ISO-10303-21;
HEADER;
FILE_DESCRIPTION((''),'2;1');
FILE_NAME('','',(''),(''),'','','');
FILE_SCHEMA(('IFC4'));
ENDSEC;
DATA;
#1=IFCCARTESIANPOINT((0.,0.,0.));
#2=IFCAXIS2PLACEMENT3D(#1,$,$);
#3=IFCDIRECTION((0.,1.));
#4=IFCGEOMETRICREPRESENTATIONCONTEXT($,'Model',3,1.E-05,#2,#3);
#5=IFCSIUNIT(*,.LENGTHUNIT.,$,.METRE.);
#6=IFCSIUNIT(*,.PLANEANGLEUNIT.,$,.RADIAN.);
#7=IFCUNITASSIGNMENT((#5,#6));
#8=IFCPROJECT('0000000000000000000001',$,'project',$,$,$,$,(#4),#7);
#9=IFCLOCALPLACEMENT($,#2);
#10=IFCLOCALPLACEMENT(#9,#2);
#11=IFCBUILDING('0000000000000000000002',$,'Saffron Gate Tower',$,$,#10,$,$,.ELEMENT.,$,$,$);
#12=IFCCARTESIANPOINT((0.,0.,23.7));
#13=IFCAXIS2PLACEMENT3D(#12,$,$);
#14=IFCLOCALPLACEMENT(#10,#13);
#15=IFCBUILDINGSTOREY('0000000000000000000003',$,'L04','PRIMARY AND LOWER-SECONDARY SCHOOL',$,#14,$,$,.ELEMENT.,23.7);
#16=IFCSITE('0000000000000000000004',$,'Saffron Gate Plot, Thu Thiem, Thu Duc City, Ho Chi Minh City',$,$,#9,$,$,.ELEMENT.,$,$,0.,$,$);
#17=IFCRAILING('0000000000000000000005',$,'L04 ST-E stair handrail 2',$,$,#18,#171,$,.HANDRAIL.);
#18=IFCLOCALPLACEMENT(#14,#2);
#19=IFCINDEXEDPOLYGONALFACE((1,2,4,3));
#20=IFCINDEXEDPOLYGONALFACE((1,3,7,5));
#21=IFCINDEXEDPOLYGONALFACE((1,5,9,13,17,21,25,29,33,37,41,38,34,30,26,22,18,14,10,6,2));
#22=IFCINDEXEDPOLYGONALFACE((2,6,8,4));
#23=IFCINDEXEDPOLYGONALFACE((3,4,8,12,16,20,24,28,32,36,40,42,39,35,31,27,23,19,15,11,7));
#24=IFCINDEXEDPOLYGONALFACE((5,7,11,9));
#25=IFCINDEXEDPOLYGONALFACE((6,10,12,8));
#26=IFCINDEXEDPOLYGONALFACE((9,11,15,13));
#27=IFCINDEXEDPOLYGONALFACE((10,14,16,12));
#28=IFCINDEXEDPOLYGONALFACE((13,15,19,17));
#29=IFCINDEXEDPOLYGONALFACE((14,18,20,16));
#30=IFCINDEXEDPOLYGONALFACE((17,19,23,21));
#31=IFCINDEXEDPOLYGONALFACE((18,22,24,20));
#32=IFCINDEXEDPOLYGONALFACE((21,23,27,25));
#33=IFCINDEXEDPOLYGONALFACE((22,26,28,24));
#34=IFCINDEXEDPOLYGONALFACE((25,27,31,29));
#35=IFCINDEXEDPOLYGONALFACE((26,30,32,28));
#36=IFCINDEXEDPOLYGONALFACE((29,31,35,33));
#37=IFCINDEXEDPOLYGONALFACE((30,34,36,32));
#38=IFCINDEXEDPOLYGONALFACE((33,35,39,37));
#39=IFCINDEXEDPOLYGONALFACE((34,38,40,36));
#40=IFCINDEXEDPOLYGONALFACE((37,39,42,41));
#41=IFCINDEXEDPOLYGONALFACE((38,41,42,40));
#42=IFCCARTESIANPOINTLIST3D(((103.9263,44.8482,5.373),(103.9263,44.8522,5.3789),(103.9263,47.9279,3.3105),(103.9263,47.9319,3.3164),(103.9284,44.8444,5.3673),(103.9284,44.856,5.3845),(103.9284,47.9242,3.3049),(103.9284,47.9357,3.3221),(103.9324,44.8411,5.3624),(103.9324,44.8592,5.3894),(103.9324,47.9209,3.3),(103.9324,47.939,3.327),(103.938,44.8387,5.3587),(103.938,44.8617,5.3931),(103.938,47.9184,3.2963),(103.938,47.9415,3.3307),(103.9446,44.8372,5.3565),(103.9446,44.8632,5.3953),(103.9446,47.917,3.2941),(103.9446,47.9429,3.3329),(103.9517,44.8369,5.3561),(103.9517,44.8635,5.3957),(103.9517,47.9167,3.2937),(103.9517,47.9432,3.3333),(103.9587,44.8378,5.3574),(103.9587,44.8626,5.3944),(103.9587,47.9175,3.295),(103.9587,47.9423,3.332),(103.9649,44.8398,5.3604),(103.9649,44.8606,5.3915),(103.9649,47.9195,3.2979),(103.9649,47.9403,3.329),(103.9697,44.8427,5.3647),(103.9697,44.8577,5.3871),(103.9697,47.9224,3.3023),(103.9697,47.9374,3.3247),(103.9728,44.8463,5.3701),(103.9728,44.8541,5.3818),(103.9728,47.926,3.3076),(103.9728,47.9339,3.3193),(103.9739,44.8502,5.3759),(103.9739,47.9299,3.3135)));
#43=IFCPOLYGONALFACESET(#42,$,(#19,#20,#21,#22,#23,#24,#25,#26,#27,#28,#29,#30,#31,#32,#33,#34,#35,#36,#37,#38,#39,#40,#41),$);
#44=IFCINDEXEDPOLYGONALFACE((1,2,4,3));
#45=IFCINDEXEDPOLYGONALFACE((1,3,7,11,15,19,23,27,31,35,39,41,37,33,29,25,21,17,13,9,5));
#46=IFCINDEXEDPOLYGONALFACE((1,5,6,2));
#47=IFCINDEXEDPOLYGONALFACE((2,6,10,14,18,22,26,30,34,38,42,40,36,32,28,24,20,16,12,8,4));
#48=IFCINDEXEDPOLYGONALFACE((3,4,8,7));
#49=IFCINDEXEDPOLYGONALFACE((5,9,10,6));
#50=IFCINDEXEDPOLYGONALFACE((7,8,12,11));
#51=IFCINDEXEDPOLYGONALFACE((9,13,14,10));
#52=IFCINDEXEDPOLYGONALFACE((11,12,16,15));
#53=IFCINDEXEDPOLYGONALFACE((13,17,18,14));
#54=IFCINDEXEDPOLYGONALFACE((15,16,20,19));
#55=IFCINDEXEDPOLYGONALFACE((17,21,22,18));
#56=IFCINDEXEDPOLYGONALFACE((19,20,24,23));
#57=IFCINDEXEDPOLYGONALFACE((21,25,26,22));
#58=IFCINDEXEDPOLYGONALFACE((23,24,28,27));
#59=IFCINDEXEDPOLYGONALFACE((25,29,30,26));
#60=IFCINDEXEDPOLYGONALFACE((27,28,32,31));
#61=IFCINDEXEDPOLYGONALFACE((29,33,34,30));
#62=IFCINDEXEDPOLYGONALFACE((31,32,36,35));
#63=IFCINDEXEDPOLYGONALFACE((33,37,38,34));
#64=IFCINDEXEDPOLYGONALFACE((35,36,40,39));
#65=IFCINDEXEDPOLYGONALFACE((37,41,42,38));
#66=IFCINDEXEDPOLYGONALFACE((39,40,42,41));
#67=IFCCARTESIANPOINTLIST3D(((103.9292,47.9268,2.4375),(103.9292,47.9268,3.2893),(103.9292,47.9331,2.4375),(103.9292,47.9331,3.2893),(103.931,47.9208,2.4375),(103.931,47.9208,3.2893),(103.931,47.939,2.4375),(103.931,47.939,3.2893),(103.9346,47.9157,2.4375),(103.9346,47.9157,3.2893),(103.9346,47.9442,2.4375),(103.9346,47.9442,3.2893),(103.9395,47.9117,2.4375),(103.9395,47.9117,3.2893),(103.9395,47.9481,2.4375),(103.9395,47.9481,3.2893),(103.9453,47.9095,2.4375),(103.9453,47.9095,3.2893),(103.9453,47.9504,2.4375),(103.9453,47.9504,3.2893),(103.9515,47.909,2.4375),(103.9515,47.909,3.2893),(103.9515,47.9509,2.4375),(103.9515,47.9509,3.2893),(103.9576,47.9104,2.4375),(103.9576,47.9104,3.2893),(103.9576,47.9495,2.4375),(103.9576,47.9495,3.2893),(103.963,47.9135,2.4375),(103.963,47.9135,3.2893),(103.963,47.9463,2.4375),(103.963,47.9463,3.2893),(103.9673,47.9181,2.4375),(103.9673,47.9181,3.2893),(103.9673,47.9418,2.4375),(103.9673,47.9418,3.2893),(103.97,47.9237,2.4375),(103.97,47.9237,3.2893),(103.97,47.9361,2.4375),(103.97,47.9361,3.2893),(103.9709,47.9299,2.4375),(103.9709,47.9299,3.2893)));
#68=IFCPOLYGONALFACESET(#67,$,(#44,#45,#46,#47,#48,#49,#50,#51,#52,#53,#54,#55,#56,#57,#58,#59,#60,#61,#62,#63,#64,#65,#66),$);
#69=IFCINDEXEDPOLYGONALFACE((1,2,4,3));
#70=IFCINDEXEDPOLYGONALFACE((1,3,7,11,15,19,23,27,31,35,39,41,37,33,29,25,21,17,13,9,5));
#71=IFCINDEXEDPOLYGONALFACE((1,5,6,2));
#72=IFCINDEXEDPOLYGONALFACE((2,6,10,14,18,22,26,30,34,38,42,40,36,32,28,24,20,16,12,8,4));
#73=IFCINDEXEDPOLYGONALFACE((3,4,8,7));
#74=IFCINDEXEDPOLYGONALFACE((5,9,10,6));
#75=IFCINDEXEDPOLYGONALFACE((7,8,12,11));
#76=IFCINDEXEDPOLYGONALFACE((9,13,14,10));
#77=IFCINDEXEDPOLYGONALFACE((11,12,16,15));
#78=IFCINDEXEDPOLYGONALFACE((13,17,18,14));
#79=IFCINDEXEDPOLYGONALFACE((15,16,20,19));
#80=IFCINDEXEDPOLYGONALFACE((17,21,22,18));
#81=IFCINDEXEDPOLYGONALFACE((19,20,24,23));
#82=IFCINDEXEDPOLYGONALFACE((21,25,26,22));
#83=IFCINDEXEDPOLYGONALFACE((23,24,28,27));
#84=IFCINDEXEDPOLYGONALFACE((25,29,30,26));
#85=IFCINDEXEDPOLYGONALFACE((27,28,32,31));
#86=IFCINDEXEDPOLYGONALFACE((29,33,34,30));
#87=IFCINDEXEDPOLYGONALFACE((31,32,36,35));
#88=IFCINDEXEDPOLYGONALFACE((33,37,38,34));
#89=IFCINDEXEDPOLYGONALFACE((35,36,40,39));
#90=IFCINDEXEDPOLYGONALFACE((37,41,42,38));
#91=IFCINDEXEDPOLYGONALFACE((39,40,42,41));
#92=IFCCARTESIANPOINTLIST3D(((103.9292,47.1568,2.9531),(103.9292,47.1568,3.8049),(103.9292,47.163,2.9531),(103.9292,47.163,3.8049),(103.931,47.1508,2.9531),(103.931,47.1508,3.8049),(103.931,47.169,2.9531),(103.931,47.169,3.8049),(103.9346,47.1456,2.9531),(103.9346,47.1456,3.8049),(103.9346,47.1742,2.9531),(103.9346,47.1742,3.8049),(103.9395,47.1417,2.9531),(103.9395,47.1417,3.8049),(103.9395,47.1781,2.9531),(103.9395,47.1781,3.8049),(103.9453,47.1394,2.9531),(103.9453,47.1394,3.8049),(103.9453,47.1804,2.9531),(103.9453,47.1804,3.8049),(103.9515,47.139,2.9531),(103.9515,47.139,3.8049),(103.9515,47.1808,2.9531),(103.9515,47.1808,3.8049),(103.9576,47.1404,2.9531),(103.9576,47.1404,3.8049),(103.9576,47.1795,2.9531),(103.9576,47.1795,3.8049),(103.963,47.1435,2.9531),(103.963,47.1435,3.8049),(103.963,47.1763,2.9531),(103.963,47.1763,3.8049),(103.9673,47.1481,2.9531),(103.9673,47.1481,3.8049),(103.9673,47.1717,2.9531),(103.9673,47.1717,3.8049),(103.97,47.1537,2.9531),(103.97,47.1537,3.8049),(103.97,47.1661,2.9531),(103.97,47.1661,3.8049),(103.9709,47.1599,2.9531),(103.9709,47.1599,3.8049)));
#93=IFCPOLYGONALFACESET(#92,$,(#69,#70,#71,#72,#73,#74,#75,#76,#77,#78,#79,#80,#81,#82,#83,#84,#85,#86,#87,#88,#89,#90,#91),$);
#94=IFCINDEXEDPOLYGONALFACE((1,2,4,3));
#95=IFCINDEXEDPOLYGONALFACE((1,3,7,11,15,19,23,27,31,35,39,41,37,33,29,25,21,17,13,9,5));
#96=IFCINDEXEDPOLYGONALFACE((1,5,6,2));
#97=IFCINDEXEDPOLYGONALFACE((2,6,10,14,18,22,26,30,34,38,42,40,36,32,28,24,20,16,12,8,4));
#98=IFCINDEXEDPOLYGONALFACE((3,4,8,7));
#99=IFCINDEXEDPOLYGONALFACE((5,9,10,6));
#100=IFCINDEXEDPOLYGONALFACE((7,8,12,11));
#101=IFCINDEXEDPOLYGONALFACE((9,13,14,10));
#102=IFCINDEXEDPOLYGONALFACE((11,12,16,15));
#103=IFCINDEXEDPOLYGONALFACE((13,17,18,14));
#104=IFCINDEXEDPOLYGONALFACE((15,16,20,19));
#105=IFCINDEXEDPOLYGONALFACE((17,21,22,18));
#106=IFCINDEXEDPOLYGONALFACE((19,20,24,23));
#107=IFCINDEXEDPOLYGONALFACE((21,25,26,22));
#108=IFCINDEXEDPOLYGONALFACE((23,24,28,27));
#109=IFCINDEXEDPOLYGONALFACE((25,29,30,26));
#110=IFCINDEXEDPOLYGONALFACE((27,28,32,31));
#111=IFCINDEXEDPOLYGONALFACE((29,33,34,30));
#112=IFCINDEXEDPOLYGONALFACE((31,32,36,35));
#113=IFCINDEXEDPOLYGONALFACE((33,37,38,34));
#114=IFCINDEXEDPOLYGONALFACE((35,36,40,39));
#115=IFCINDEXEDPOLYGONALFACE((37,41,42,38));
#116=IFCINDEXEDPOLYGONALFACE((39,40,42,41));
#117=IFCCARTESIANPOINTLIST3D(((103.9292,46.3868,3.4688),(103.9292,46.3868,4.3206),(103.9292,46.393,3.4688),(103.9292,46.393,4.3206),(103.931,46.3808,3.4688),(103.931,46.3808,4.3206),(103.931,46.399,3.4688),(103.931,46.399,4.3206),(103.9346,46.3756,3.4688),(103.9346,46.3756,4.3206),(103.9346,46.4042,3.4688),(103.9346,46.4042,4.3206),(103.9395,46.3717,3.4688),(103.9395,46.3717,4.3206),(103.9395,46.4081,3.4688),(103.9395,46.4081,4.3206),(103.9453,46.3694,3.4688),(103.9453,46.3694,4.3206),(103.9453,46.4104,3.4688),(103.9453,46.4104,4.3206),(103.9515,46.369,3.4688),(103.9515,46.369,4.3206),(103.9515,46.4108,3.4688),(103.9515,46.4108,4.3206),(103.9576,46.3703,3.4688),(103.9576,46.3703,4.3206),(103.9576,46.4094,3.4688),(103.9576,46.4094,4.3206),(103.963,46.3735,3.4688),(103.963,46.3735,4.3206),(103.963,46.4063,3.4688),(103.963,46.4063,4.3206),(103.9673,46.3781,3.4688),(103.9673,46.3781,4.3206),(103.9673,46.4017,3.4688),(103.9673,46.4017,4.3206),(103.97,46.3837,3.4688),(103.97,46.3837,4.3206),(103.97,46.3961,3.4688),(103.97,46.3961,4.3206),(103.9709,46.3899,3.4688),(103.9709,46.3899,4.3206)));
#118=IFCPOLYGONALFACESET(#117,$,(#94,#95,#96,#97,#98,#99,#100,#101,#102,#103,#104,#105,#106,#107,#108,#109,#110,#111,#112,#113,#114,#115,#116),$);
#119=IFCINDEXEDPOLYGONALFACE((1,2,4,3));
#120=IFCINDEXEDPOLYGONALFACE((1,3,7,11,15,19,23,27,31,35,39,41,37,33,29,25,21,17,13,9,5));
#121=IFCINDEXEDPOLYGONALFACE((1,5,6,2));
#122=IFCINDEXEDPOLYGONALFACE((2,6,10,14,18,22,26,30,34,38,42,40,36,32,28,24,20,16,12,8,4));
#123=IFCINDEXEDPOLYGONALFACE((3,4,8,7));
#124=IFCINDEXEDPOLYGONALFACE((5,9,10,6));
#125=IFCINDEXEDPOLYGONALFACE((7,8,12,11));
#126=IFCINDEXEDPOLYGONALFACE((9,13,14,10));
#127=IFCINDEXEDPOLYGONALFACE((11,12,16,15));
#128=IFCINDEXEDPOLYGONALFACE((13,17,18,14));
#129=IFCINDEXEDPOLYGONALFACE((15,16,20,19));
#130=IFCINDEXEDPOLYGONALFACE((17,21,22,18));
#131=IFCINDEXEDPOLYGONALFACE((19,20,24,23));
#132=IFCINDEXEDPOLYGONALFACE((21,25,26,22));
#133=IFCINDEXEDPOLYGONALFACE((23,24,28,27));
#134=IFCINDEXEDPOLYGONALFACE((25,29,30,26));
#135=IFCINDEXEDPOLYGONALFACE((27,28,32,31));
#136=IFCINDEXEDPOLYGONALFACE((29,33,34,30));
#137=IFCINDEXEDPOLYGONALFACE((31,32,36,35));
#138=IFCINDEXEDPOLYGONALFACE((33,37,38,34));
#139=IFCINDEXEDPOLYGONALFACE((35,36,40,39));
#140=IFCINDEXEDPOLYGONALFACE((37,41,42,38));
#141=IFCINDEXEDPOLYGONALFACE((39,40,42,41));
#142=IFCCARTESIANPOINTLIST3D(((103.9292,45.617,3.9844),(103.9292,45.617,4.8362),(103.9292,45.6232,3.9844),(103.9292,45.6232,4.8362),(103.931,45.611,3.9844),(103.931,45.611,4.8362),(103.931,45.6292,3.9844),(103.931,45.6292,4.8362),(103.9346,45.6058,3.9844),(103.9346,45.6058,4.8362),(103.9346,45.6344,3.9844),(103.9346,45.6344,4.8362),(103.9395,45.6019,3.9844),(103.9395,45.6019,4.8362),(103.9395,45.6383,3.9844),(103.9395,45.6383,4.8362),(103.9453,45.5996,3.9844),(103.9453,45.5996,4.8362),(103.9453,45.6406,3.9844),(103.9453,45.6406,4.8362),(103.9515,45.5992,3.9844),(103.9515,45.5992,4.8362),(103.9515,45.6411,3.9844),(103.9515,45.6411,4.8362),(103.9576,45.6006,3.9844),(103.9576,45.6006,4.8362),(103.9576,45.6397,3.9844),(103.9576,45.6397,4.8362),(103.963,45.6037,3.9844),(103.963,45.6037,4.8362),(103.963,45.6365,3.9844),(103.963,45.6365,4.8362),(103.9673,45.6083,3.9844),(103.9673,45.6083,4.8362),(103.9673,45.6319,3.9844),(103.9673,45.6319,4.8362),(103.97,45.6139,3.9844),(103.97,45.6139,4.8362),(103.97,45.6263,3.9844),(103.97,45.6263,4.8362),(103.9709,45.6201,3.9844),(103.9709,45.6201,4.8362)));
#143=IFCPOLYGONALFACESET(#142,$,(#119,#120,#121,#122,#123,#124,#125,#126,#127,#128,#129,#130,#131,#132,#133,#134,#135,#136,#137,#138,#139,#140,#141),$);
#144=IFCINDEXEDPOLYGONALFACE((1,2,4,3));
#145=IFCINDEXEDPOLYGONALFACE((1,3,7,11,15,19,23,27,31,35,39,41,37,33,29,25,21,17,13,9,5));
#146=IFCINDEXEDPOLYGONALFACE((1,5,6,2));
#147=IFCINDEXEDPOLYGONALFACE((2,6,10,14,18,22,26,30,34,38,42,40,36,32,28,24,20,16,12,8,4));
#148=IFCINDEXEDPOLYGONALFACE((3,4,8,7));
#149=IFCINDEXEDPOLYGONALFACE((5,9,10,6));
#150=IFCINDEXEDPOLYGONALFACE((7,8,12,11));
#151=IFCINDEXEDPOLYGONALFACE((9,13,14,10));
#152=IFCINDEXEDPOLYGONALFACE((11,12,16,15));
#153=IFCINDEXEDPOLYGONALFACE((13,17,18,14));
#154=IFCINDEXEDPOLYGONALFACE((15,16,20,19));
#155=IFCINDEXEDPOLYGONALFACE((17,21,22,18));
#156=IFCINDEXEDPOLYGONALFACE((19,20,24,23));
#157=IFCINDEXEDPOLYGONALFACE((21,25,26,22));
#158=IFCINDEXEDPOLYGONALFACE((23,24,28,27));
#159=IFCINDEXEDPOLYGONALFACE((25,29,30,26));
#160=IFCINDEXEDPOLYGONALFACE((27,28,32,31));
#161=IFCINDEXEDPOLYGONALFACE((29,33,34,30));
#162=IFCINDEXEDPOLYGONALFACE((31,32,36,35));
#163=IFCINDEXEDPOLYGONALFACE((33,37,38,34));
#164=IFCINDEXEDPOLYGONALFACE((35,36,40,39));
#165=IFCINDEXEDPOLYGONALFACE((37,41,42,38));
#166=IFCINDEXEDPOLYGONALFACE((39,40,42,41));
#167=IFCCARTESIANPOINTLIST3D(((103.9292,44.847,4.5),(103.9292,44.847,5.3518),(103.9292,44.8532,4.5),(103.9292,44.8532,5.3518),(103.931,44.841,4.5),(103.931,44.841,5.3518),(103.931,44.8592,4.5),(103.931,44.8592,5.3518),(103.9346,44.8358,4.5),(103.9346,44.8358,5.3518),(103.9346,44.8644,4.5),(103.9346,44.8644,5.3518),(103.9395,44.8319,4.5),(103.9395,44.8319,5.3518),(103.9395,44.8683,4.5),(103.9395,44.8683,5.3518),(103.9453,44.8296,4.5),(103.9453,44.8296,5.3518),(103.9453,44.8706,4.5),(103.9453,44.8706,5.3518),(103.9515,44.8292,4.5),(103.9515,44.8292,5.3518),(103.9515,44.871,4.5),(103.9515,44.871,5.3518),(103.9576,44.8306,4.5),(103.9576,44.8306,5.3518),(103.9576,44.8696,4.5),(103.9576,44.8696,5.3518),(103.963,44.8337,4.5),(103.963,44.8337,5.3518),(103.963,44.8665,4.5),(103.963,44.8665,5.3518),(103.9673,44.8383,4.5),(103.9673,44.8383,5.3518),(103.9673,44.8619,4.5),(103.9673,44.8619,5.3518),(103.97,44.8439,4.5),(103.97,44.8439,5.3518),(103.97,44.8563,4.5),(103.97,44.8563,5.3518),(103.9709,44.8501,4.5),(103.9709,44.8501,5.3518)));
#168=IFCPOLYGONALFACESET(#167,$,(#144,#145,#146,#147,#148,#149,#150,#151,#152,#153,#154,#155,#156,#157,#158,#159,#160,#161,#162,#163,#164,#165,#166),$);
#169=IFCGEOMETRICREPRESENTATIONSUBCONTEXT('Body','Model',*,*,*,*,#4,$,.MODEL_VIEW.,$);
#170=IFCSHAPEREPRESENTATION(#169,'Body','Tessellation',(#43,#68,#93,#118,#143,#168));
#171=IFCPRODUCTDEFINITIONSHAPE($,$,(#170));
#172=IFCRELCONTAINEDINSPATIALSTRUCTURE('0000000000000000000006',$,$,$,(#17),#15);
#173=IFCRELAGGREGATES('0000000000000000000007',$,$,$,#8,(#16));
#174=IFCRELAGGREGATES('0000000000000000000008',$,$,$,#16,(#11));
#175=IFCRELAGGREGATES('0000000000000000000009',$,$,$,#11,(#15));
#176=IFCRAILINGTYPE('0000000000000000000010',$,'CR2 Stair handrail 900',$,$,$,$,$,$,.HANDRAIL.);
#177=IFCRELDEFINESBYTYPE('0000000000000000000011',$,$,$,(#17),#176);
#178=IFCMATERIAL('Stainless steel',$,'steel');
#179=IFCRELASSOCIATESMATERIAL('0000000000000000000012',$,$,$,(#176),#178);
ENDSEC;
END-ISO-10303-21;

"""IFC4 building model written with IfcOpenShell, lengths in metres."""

from ifc_helpers import new_model, si_unit, direction, frame, origin, origin_2d, place, context, subcontext, project, spatial, circle, extrude, material, type_object, element, save


model = new_model("IFC4")

# Units and contexts
model_context = context("Model", 3, precision=1e-05, world=origin(), true_north=direction((0.0, 1.0)))
body_context = subcontext(model_context, "Body", "Model", "MODEL_VIEW")
ifc_project = project(units=[si_unit("LENGTHUNIT", "METRE"), si_unit("PLANEANGLEUNIT", "RADIAN")], contexts=[model_context])

# Site, building, storey
site_placement = place(None, origin())
site = spatial("IfcSite", under=ifc_project, at=site_placement, Name="Saffron Gate Plot, Thu Thiem, Thu Duc City, Ho Chi Minh City", CompositionType="ELEMENT", RefElevation=0.0)
building_placement = place(site_placement, origin())
building = spatial("IfcBuilding", under=site, at=building_placement, Name="Saffron Gate Tower", CompositionType="ELEMENT")
storey_placement = place(building_placement, frame((0.0, 0.0, 23.7)))
storey = spatial("IfcBuildingStorey", under=building, at=storey_placement, Name="L04", Description="PRIMARY AND LOWER-SECONDARY SCHOOL", CompositionType="ELEMENT", Elevation=23.7)

# Railing
ifc_material_1 = material(Name="Stainless steel", Category="steel")
railing_type_1 = type_object("IfcRailingType", Name="CR2 Stair handrail 900", PredefinedType="HANDRAIL", material=ifc_material_1)
railing_1_placement = place(storey_placement, frame((103.95, 47.9299, 2.4375)))
element("IfcRailing", 1, at=railing_1_placement, inside=storey, type_object=railing_type_1, Name="L04 ST-E stair handrail 2", PredefinedType="HANDRAIL", context=body_context, shape_type="SweptSolid", body=[
    extrude(circle(Radius=0.0239, at=origin_2d()), frame((0.0, 0.0, 0.876), z_axis=(0.0, -0.830893, 0.556432), x_axis=(1.0, 0.0, 0.0)), (0.0, 0.0, 1.0), 3.7065),
    extrude(circle(Radius=0.021, at=origin_2d()), origin(), (0.0, 0.0, 1.0), 0.8518),
    extrude(circle(Radius=0.021, at=origin_2d()), frame((0.0, -0.77, 0.5156)), (0.0, 0.0, 1.0), 0.8518),
    extrude(circle(Radius=0.021, at=origin_2d()), frame((0.0, -1.54, 1.0312)), (0.0, 0.0, 1.0), 0.8518),
    extrude(circle(Radius=0.021, at=origin_2d()), frame((0.0, -2.3098, 1.5469)), (0.0, 0.0, 1.0), 0.8518),
    extrude(circle(Radius=0.021, at=origin_2d()), frame((0.0, -3.0798, 2.0625)), (0.0, 0.0, 1.0), 0.8518),
])

save(model, "model.ifc")
